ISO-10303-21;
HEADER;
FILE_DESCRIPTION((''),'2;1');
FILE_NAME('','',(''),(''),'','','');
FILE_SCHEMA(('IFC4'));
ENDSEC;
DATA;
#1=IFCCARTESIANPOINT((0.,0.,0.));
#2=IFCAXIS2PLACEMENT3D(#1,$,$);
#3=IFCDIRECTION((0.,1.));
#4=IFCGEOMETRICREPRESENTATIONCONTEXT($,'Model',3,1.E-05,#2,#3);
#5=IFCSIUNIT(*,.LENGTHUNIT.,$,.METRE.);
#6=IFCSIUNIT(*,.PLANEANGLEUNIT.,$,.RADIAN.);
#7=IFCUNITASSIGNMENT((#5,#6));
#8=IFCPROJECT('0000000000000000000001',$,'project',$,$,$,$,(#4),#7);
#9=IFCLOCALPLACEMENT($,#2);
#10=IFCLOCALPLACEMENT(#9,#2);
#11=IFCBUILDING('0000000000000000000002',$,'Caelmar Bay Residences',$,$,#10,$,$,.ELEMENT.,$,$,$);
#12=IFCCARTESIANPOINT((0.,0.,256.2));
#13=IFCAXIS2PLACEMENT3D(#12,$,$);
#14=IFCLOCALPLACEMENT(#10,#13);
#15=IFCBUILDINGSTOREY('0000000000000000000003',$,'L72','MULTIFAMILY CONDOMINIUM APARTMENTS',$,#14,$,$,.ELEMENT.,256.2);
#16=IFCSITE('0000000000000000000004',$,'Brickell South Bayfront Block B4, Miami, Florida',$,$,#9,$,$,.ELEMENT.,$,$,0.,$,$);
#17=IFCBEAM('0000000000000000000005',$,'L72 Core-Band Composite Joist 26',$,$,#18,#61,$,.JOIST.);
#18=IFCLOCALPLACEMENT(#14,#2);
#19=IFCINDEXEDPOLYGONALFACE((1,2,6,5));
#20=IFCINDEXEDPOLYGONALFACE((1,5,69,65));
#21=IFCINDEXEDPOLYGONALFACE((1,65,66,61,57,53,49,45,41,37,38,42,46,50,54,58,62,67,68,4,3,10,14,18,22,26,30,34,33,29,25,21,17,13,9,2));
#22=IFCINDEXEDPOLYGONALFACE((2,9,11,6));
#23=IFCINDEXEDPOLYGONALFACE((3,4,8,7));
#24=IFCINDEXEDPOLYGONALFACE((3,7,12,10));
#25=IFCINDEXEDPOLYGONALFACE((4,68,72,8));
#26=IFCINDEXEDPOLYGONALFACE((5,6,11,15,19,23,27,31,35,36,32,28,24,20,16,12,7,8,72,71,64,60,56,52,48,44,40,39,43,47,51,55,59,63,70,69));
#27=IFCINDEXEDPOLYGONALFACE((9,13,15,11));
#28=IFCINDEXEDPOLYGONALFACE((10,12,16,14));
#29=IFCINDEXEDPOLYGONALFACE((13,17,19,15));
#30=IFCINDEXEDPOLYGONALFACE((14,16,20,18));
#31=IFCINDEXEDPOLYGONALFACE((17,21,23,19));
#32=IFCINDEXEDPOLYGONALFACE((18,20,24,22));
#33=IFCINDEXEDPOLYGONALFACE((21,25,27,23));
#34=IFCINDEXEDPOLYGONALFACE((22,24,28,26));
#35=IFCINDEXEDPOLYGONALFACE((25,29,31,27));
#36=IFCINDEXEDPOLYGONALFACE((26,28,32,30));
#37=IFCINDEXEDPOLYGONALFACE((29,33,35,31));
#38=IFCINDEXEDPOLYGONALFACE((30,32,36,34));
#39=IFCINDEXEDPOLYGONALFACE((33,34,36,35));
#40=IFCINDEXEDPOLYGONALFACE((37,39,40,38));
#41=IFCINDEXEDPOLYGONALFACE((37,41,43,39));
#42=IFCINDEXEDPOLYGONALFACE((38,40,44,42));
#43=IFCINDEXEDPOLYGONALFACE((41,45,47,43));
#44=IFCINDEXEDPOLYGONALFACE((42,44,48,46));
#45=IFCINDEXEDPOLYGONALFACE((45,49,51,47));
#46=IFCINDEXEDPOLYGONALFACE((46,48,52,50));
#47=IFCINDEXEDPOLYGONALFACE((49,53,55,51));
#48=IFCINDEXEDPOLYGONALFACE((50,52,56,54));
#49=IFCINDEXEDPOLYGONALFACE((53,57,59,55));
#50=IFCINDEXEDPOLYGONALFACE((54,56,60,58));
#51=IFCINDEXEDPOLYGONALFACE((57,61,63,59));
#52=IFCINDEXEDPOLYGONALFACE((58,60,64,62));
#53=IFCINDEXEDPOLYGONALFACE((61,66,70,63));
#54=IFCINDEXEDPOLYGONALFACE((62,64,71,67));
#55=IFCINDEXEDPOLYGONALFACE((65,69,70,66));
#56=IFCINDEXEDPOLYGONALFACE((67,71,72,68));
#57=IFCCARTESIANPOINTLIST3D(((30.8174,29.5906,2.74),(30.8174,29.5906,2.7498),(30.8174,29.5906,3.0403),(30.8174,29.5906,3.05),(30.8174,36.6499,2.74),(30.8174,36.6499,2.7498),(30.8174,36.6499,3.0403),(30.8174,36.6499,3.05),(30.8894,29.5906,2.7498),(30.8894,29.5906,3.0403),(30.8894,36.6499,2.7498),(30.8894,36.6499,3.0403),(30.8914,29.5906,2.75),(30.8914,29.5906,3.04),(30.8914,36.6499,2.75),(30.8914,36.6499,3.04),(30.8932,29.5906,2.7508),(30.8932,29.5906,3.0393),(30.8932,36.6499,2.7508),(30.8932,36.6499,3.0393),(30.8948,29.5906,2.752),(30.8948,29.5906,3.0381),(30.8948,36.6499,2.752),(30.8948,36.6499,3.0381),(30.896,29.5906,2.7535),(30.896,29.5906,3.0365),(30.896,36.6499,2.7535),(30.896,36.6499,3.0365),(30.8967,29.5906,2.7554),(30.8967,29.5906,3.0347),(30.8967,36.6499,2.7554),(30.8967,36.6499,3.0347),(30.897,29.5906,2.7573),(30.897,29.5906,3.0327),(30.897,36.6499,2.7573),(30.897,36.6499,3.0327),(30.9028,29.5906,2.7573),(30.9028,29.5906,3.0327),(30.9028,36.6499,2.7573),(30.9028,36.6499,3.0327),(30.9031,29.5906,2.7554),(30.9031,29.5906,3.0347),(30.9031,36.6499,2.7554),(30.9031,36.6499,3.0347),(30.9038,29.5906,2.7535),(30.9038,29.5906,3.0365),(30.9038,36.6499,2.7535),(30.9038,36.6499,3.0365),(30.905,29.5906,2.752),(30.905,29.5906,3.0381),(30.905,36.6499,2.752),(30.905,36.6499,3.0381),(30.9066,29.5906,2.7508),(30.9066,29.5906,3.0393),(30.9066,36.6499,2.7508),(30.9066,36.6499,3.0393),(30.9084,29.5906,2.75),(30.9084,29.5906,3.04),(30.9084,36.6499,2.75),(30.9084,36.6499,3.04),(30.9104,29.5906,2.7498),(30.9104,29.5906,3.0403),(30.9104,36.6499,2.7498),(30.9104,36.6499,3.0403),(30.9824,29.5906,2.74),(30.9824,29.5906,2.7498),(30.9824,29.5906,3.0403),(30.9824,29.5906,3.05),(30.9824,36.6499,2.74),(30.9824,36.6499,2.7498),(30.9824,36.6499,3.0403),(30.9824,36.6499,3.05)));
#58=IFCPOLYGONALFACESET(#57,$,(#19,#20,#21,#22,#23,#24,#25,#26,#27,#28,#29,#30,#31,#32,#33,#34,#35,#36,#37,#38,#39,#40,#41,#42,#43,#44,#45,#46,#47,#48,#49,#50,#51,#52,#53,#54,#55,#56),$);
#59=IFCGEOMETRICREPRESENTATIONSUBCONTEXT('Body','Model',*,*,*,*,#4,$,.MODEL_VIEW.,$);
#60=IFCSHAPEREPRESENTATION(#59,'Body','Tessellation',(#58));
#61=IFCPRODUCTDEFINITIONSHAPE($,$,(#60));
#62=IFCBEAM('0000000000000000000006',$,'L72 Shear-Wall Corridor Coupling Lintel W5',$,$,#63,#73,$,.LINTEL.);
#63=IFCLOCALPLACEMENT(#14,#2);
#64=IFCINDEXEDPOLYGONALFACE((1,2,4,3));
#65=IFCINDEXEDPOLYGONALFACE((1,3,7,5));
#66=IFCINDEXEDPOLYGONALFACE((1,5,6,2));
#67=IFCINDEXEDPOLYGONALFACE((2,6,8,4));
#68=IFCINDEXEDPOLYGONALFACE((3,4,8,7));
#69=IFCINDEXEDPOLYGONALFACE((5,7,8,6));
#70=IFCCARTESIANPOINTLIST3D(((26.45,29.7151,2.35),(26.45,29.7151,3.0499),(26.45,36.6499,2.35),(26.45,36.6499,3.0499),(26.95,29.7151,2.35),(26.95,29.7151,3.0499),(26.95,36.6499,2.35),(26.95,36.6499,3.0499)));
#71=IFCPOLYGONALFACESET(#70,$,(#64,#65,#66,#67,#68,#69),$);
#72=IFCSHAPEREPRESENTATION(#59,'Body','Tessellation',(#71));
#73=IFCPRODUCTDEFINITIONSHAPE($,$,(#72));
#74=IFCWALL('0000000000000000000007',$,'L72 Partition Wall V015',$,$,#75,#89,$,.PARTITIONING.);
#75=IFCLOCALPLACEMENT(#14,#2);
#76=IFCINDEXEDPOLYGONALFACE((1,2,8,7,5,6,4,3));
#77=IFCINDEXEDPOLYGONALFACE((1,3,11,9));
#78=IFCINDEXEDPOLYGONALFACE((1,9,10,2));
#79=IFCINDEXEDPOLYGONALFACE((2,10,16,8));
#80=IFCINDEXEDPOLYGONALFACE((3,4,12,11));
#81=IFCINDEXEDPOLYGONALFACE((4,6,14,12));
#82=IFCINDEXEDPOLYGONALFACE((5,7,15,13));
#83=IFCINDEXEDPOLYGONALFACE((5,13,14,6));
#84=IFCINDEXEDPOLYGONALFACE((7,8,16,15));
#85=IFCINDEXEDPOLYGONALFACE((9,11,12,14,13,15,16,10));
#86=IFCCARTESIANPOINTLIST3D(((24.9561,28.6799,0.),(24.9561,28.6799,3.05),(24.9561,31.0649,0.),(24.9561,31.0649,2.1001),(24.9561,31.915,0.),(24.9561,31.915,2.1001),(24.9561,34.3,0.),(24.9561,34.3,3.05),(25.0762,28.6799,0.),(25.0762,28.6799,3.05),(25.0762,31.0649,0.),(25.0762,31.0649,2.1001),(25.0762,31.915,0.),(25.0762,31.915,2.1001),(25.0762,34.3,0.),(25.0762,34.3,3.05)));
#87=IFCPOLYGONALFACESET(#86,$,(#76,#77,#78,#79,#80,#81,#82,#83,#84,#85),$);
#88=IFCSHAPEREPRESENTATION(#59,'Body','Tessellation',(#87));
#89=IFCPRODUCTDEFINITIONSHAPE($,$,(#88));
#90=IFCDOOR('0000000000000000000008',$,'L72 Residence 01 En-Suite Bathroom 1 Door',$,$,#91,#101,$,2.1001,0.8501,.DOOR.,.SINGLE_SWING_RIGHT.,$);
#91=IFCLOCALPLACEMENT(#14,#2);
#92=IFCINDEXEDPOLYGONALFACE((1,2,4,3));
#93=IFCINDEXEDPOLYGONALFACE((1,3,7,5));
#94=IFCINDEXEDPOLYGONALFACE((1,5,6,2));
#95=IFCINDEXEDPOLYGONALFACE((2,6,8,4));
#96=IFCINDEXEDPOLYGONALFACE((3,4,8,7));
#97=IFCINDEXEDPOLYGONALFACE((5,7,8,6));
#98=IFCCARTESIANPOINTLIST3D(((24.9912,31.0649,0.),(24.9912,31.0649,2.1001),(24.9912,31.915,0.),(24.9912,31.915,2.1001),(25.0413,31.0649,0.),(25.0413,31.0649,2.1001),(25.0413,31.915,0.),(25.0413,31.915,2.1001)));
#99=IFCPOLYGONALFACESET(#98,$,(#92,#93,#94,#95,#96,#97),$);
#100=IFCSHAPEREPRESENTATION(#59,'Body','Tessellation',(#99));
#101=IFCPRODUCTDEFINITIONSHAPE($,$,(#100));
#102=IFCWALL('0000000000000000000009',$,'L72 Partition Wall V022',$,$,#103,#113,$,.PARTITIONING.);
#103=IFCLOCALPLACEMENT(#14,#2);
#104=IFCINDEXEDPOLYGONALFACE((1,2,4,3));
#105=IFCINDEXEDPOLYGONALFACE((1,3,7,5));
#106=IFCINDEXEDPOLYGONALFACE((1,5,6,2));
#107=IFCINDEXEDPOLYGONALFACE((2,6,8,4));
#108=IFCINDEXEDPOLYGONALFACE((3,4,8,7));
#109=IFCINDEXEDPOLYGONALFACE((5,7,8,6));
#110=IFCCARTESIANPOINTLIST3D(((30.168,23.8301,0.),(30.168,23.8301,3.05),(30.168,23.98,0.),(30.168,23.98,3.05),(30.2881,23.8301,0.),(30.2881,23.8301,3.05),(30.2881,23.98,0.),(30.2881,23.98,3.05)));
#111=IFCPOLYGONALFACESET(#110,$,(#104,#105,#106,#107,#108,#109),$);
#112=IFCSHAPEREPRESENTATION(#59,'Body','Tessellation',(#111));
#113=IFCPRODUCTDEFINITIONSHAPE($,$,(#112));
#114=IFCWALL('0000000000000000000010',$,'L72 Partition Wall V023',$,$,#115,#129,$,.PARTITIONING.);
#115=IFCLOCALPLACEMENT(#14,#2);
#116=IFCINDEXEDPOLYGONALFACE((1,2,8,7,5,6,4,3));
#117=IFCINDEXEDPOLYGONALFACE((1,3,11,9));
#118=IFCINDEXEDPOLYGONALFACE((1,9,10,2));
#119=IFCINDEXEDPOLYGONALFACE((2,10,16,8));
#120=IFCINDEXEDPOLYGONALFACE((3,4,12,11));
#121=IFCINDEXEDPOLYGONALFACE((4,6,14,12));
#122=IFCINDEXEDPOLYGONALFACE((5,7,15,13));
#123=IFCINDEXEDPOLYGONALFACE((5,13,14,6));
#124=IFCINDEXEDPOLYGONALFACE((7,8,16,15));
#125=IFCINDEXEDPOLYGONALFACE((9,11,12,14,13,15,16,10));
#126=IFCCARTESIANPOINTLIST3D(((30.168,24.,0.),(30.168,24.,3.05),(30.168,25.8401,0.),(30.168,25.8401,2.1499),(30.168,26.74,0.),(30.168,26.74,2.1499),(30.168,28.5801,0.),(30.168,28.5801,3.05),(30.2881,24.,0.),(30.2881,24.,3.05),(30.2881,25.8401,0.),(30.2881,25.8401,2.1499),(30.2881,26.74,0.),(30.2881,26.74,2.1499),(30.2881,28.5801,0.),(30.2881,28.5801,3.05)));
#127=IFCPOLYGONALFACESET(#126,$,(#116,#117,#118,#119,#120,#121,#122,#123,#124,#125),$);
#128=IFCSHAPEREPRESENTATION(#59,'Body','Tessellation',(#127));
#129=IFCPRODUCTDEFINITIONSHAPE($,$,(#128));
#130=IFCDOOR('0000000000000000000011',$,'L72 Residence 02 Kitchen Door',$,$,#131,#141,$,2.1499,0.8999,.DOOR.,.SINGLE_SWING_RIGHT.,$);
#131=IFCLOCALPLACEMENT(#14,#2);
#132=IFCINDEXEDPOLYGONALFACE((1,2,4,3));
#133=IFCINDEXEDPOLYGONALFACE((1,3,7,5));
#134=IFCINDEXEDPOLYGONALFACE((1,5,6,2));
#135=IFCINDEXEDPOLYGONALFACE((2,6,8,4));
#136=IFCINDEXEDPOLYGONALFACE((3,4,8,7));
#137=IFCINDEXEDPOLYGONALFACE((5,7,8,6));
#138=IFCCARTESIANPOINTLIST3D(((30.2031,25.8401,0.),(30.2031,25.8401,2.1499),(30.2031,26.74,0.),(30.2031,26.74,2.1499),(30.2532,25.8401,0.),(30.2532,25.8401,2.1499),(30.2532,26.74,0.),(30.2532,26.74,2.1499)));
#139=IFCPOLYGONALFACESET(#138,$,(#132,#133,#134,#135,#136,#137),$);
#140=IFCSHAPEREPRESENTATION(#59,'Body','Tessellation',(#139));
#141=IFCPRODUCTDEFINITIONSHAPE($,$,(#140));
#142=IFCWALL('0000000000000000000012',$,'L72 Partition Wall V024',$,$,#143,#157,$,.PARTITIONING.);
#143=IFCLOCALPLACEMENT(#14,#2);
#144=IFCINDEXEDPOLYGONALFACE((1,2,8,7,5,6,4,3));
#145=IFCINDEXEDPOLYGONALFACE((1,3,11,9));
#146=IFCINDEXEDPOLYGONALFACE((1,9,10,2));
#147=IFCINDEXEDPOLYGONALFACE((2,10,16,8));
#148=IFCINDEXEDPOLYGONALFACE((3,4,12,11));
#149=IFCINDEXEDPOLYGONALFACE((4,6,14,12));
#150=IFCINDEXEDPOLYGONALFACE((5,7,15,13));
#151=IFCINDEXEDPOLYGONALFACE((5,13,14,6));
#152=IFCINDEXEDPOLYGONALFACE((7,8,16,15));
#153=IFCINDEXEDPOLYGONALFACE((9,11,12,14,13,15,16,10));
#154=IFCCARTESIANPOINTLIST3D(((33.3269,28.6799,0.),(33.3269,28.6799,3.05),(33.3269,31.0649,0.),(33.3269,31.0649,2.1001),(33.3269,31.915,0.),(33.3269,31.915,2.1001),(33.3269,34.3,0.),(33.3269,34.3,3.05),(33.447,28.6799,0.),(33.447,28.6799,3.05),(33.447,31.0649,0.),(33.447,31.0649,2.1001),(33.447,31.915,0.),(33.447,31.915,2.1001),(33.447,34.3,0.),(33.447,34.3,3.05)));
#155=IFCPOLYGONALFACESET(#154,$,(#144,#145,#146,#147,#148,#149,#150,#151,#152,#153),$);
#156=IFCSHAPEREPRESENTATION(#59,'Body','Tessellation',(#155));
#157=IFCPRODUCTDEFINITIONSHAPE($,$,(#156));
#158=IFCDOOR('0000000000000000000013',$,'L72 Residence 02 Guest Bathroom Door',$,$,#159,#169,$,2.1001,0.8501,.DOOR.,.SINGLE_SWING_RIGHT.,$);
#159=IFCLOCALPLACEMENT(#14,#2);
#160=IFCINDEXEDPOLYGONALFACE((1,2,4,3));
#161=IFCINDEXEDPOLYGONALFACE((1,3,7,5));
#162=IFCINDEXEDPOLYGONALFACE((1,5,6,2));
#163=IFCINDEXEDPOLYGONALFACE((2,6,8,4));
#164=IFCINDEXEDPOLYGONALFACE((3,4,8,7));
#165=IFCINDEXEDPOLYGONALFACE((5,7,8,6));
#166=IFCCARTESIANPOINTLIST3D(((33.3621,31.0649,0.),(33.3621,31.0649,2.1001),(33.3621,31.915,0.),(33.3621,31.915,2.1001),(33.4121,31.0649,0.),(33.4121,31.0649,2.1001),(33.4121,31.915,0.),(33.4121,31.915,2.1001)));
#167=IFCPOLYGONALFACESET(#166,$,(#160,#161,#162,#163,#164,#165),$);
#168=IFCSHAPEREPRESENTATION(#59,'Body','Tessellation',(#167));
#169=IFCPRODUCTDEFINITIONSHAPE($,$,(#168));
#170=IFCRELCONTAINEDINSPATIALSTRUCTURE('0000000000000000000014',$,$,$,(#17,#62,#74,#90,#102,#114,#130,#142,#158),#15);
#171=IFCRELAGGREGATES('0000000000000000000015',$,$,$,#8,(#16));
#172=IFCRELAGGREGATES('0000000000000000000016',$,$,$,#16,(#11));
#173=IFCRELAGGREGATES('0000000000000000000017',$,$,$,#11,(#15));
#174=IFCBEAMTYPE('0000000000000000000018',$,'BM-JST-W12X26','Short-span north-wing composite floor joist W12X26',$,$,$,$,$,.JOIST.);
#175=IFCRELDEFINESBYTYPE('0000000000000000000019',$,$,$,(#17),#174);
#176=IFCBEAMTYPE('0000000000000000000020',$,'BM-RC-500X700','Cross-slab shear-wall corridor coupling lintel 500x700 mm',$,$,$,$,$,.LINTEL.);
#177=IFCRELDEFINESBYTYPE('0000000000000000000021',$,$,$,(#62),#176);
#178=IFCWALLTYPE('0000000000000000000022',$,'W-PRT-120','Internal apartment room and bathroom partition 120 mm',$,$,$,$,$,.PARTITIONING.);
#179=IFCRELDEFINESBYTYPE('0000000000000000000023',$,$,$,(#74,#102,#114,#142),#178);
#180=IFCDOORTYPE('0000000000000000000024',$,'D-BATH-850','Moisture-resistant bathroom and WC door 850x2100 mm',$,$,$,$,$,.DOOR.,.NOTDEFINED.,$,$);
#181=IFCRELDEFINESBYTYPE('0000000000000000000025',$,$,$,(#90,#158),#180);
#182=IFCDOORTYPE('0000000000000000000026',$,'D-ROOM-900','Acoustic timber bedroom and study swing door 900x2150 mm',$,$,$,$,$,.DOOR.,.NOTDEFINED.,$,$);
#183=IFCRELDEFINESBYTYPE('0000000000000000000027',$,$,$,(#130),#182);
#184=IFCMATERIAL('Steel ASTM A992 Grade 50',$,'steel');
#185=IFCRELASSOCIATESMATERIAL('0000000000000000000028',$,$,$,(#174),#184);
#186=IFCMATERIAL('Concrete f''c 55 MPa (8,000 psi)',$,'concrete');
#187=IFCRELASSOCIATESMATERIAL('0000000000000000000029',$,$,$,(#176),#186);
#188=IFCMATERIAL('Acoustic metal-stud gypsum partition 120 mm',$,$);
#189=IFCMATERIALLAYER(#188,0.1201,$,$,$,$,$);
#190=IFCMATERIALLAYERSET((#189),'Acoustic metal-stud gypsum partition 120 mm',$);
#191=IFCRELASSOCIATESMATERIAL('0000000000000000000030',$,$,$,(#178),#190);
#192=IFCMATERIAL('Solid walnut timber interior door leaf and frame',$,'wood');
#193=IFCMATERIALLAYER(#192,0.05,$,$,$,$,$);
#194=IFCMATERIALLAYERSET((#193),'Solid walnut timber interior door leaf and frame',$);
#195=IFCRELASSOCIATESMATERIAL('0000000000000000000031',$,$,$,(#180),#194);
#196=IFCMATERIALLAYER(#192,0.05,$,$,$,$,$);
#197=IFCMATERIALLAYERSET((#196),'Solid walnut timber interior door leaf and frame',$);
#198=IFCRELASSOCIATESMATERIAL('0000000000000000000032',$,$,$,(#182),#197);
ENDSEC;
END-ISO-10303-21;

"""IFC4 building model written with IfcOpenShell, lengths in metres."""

from ifc_helpers import new_model, si_unit, direction, frame, frame_2d, origin, origin_2d, place, context, subcontext, project, spatial, rectangle, i_section, extrude, material, layer, layer_set, material_profile, profile_set, type_object, element, fill, save


model = new_model("IFC4")

# Units and contexts
model_context = context("Model", 3, precision=1e-05, world=origin(), true_north=direction((0.0, 1.0)))
body_context = subcontext(model_context, "Body", "Model", "MODEL_VIEW")
ifc_project = project(units=[si_unit("LENGTHUNIT", "METRE"), si_unit("PLANEANGLEUNIT", "RADIAN")], contexts=[model_context])

# Site, building, storey
site_placement = place(None, origin())
site = spatial("IfcSite", under=ifc_project, at=site_placement, Name="Brickell South Bayfront Block B4, Miami, Florida", CompositionType="ELEMENT", RefElevation=0.0)
building_placement = place(site_placement, origin())
building = spatial("IfcBuilding", under=site, at=building_placement, Name="Caelmar Bay Residences", CompositionType="ELEMENT")
storey_placement = place(building_placement, frame((0.0, 0.0, 256.2)))
storey = spatial("IfcBuildingStorey", under=building, at=storey_placement, Name="L72", Description="MULTIFAMILY CONDOMINIUM APARTMENTS", CompositionType="ELEMENT", Elevation=256.2)

# Shared definitions
ifc_material_1 = material(Name="Concrete f'c 55 MPa (8,000 psi)", Category="concrete")

# Beams
ifc_material_2 = material(Name="Steel ASTM A992 Grade 50", Category="steel")
ifc_material_profile_1 = material_profile(ifc_material_2, i_section(OverallWidth=0.165, OverallDepth=0.3101, WebThickness=0.0059, FlangeThickness=0.0098, FilletRadius=0.0076, at=origin_2d()), Name="W12X26")
ifc_profile_set_1 = profile_set([ifc_material_profile_1], Name="Steel ASTM A992 Grade 50")
beam_type_1 = type_object("IfcBeamType", Name="BM-JST-W12X26", Description="Short-span north-wing composite floor joist W12X26", PredefinedType="JOIST", material=ifc_profile_set_1)
for number, where, z_axis, x_axis, name in (
    (1, (30.8999, 29.5906, 2.895), (0.0, 1.0, 0.0), (-1.0, 0.0, 0.0), "L72 Core-Band Composite Joist 26"),
):
    element("IfcBeam", number, at=place(storey_placement, frame(where, z_axis=z_axis, x_axis=x_axis)), inside=storey, type_object=beam_type_1, Name=name, PredefinedType="JOIST", context=body_context, shape_type="SweptSolid", body=[
        extrude(i_section(OverallWidth=0.165, OverallDepth=0.3101, WebThickness=0.0059, FlangeThickness=0.0098, FilletRadius=0.0076, at=origin_2d()), origin(), (0.0, 0.0, 1.0), 7.0593),
    ])
ifc_material_profile_2 = material_profile(ifc_material_1, rectangle(XDim=0.5, YDim=0.7, at=origin_2d()), Name="RC-BM-500X700")
ifc_profile_set_2 = profile_set([ifc_material_profile_2], Name="Concrete f'c 55 MPa (8,000 psi)")
beam_type_2 = type_object("IfcBeamType", Name="BM-RC-500X700", Description="Cross-slab shear-wall corridor coupling lintel 500x700 mm", PredefinedType="LINTEL", material=ifc_profile_set_2)
beam_1_placement = place(storey_placement, frame((26.7, 29.7151, 2.7), z_axis=(0.0, 1.0, 0.0), x_axis=(-1.0, 0.0, 0.0)))
element("IfcBeam", 2, at=beam_1_placement, inside=storey, type_object=beam_type_2, Name="L72 Shear-Wall Corridor Coupling Lintel W5", PredefinedType="LINTEL", context=body_context, shape_type="SweptSolid", body=[
    extrude(rectangle(XDim=0.5, YDim=0.7, at=origin_2d()), origin(), (0.0, 0.0, 1.0), 6.9348),
])

# Wall, opening, door
ifc_material_3 = material(Name="Acoustic metal-stud gypsum partition 120 mm")
ifc_layer_1 = layer(ifc_material_3, 0.1201)
ifc_layer_set_1 = layer_set([ifc_layer_1], Name="Acoustic metal-stud gypsum partition 120 mm")
wall_type_1 = type_object("IfcWallType", Name="W-PRT-120", Description="Internal apartment room and bathroom partition 120 mm", PredefinedType="PARTITIONING", material=ifc_layer_set_1)
wall_1_placement = place(storey_placement, frame((25.0161, 28.6799, 0.0), z_axis=(0.0, 0.0, 1.0), x_axis=(0.0, 1.0, 0.0)))
wall_1 = element("IfcWall", 3, at=wall_1_placement, inside=storey, type_object=wall_type_1, Name="L72 Partition Wall V015", PredefinedType="PARTITIONING", context=body_context, shape_type="SweptSolid", body=[
    extrude(rectangle(XDim=5.6201, YDim=0.1201, at=frame_2d((2.8101, 0.0))), origin(), (0.0, 0.0, 1.0), 3.05),
])
opening_1_placement = place(wall_1_placement, frame((2.385, 0.0, 0.0)))
opening_1 = element("IfcOpeningElement", 4, at=opening_1_placement, cuts=wall_1, PredefinedType="OPENING", context=body_context, shape_type="SweptSolid", body=[
    extrude(rectangle(XDim=0.8501, YDim=2.1001, at=frame_2d((0.425, 1.05))), frame((0.0, 0.0701, 0.0), z_axis=(0.0, -1.0, 0.0), x_axis=(1.0, 0.0, 0.0)), (0.0, 0.0, 1.0), 0.1401),
])
ifc_material_4 = material(Name="Solid walnut timber interior door leaf and frame", Category="wood")
ifc_layer_2 = layer(ifc_material_4, 0.05)
ifc_layer_set_2 = layer_set([ifc_layer_2], Name="Solid walnut timber interior door leaf and frame")
door_type_1 = type_object("IfcDoorType", Name="D-BATH-850", Description="Moisture-resistant bathroom and WC door 850x2100 mm", OperationType="NOTDEFINED", PredefinedType="DOOR", material=ifc_layer_set_2)
door_1_placement = place(opening_1_placement, origin())
door_1 = element("IfcDoor", 5, at=door_1_placement, inside=storey, type_object=door_type_1, Name="L72 Residence 01 En-Suite Bathroom 1 Door", OperationType="SINGLE_SWING_RIGHT", OverallHeight=2.1001, OverallWidth=0.8501, PredefinedType="DOOR", context=body_context, shape_type="SweptSolid", body=[
    extrude(rectangle(XDim=0.8501, YDim=2.1001, at=frame_2d((0.425, 1.05))), frame((0.0, 0.0249, 0.0), z_axis=(0.0, -1.0, 0.0), x_axis=(1.0, 0.0, 0.0)), (0.0, 0.0, 1.0), 0.05),
])
fill(opening_1, door_1)

# Wall
wall_2_placement = place(storey_placement, frame((30.228, 23.8301, 0.0), z_axis=(0.0, 0.0, 1.0), x_axis=(0.0, 1.0, 0.0)))
element("IfcWall", 6, at=wall_2_placement, inside=storey, type_object=wall_type_1, Name="L72 Partition Wall V022", PredefinedType="PARTITIONING", context=body_context, shape_type="SweptSolid", body=[
    extrude(rectangle(XDim=0.1499, YDim=0.1201, at=frame_2d((0.075, 0.0))), origin(), (0.0, 0.0, 1.0), 3.05),
])

# Walls, openings, doors
wall_3_placement = place(storey_placement, frame((30.228, 24.0, 0.0), z_axis=(0.0, 0.0, 1.0), x_axis=(0.0, 1.0, 0.0)))
wall_3 = element("IfcWall", 7, at=wall_3_placement, inside=storey, type_object=wall_type_1, Name="L72 Partition Wall V023", PredefinedType="PARTITIONING", context=body_context, shape_type="SweptSolid", body=[
    extrude(rectangle(XDim=4.5801, YDim=0.1201, at=frame_2d((2.29, 0.0))), origin(), (0.0, 0.0, 1.0), 3.05),
])
opening_2_placement = place(wall_3_placement, frame((1.8401, 0.0, 0.0)))
opening_2 = element("IfcOpeningElement", 8, at=opening_2_placement, cuts=wall_3, PredefinedType="OPENING", context=body_context, shape_type="SweptSolid", body=[
    extrude(rectangle(XDim=0.8999, YDim=2.1499, at=frame_2d((0.45, 1.075))), frame((0.0, 0.0701, 0.0), z_axis=(0.0, -1.0, 0.0), x_axis=(1.0, 0.0, 0.0)), (0.0, 0.0, 1.0), 0.1401),
])
ifc_layer_3 = layer(ifc_material_4, 0.05)
ifc_layer_set_3 = layer_set([ifc_layer_3], Name="Solid walnut timber interior door leaf and frame")
door_type_2 = type_object("IfcDoorType", Name="D-ROOM-900", Description="Acoustic timber bedroom and study swing door 900x2150 mm", OperationType="NOTDEFINED", PredefinedType="DOOR", material=ifc_layer_set_3)
door_2_placement = place(opening_2_placement, origin())
door_2 = element("IfcDoor", 9, at=door_2_placement, inside=storey, type_object=door_type_2, Name="L72 Residence 02 Kitchen Door", OperationType="SINGLE_SWING_RIGHT", OverallHeight=2.1499, OverallWidth=0.8999, PredefinedType="DOOR", context=body_context, shape_type="SweptSolid", body=[
    extrude(rectangle(XDim=0.8999, YDim=2.1499, at=frame_2d((0.45, 1.075))), frame((0.0, 0.0249, 0.0), z_axis=(0.0, -1.0, 0.0), x_axis=(1.0, 0.0, 0.0)), (0.0, 0.0, 1.0), 0.05),
])
fill(opening_2, door_2)
wall_4_placement = place(storey_placement, frame((33.387, 28.6799, 0.0), z_axis=(0.0, 0.0, 1.0), x_axis=(0.0, 1.0, 0.0)))
wall_4 = element("IfcWall", 10, at=wall_4_placement, inside=storey, type_object=wall_type_1, Name="L72 Partition Wall V024", PredefinedType="PARTITIONING", context=body_context, shape_type="SweptSolid", body=[
    extrude(rectangle(XDim=5.6201, YDim=0.1201, at=frame_2d((2.8101, 0.0))), origin(), (0.0, 0.0, 1.0), 3.05),
])
opening_3_placement = place(wall_4_placement, frame((2.385, 0.0, 0.0)))
opening_3 = element("IfcOpeningElement", 11, at=opening_3_placement, cuts=wall_4, PredefinedType="OPENING", context=body_context, shape_type="SweptSolid", body=[
    extrude(rectangle(XDim=0.8501, YDim=2.1001, at=frame_2d((0.425, 1.05))), frame((0.0, 0.0701, 0.0), z_axis=(0.0, -1.0, 0.0), x_axis=(1.0, 0.0, 0.0)), (0.0, 0.0, 1.0), 0.1401),
])
door_3_placement = place(opening_3_placement, origin())
door_3 = element("IfcDoor", 12, at=door_3_placement, inside=storey, type_object=door_type_1, Name="L72 Residence 02 Guest Bathroom Door", OperationType="SINGLE_SWING_RIGHT", OverallHeight=2.1001, OverallWidth=0.8501, PredefinedType="DOOR", context=body_context, shape_type="SweptSolid", body=[
    extrude(rectangle(XDim=0.8501, YDim=2.1001, at=frame_2d((0.425, 1.05))), frame((0.0, 0.0249, 0.0), z_axis=(0.0, -1.0, 0.0), x_axis=(1.0, 0.0, 0.0)), (0.0, 0.0, 1.0), 0.05),
])
fill(opening_3, door_3)

save(model, "model.ifc")
